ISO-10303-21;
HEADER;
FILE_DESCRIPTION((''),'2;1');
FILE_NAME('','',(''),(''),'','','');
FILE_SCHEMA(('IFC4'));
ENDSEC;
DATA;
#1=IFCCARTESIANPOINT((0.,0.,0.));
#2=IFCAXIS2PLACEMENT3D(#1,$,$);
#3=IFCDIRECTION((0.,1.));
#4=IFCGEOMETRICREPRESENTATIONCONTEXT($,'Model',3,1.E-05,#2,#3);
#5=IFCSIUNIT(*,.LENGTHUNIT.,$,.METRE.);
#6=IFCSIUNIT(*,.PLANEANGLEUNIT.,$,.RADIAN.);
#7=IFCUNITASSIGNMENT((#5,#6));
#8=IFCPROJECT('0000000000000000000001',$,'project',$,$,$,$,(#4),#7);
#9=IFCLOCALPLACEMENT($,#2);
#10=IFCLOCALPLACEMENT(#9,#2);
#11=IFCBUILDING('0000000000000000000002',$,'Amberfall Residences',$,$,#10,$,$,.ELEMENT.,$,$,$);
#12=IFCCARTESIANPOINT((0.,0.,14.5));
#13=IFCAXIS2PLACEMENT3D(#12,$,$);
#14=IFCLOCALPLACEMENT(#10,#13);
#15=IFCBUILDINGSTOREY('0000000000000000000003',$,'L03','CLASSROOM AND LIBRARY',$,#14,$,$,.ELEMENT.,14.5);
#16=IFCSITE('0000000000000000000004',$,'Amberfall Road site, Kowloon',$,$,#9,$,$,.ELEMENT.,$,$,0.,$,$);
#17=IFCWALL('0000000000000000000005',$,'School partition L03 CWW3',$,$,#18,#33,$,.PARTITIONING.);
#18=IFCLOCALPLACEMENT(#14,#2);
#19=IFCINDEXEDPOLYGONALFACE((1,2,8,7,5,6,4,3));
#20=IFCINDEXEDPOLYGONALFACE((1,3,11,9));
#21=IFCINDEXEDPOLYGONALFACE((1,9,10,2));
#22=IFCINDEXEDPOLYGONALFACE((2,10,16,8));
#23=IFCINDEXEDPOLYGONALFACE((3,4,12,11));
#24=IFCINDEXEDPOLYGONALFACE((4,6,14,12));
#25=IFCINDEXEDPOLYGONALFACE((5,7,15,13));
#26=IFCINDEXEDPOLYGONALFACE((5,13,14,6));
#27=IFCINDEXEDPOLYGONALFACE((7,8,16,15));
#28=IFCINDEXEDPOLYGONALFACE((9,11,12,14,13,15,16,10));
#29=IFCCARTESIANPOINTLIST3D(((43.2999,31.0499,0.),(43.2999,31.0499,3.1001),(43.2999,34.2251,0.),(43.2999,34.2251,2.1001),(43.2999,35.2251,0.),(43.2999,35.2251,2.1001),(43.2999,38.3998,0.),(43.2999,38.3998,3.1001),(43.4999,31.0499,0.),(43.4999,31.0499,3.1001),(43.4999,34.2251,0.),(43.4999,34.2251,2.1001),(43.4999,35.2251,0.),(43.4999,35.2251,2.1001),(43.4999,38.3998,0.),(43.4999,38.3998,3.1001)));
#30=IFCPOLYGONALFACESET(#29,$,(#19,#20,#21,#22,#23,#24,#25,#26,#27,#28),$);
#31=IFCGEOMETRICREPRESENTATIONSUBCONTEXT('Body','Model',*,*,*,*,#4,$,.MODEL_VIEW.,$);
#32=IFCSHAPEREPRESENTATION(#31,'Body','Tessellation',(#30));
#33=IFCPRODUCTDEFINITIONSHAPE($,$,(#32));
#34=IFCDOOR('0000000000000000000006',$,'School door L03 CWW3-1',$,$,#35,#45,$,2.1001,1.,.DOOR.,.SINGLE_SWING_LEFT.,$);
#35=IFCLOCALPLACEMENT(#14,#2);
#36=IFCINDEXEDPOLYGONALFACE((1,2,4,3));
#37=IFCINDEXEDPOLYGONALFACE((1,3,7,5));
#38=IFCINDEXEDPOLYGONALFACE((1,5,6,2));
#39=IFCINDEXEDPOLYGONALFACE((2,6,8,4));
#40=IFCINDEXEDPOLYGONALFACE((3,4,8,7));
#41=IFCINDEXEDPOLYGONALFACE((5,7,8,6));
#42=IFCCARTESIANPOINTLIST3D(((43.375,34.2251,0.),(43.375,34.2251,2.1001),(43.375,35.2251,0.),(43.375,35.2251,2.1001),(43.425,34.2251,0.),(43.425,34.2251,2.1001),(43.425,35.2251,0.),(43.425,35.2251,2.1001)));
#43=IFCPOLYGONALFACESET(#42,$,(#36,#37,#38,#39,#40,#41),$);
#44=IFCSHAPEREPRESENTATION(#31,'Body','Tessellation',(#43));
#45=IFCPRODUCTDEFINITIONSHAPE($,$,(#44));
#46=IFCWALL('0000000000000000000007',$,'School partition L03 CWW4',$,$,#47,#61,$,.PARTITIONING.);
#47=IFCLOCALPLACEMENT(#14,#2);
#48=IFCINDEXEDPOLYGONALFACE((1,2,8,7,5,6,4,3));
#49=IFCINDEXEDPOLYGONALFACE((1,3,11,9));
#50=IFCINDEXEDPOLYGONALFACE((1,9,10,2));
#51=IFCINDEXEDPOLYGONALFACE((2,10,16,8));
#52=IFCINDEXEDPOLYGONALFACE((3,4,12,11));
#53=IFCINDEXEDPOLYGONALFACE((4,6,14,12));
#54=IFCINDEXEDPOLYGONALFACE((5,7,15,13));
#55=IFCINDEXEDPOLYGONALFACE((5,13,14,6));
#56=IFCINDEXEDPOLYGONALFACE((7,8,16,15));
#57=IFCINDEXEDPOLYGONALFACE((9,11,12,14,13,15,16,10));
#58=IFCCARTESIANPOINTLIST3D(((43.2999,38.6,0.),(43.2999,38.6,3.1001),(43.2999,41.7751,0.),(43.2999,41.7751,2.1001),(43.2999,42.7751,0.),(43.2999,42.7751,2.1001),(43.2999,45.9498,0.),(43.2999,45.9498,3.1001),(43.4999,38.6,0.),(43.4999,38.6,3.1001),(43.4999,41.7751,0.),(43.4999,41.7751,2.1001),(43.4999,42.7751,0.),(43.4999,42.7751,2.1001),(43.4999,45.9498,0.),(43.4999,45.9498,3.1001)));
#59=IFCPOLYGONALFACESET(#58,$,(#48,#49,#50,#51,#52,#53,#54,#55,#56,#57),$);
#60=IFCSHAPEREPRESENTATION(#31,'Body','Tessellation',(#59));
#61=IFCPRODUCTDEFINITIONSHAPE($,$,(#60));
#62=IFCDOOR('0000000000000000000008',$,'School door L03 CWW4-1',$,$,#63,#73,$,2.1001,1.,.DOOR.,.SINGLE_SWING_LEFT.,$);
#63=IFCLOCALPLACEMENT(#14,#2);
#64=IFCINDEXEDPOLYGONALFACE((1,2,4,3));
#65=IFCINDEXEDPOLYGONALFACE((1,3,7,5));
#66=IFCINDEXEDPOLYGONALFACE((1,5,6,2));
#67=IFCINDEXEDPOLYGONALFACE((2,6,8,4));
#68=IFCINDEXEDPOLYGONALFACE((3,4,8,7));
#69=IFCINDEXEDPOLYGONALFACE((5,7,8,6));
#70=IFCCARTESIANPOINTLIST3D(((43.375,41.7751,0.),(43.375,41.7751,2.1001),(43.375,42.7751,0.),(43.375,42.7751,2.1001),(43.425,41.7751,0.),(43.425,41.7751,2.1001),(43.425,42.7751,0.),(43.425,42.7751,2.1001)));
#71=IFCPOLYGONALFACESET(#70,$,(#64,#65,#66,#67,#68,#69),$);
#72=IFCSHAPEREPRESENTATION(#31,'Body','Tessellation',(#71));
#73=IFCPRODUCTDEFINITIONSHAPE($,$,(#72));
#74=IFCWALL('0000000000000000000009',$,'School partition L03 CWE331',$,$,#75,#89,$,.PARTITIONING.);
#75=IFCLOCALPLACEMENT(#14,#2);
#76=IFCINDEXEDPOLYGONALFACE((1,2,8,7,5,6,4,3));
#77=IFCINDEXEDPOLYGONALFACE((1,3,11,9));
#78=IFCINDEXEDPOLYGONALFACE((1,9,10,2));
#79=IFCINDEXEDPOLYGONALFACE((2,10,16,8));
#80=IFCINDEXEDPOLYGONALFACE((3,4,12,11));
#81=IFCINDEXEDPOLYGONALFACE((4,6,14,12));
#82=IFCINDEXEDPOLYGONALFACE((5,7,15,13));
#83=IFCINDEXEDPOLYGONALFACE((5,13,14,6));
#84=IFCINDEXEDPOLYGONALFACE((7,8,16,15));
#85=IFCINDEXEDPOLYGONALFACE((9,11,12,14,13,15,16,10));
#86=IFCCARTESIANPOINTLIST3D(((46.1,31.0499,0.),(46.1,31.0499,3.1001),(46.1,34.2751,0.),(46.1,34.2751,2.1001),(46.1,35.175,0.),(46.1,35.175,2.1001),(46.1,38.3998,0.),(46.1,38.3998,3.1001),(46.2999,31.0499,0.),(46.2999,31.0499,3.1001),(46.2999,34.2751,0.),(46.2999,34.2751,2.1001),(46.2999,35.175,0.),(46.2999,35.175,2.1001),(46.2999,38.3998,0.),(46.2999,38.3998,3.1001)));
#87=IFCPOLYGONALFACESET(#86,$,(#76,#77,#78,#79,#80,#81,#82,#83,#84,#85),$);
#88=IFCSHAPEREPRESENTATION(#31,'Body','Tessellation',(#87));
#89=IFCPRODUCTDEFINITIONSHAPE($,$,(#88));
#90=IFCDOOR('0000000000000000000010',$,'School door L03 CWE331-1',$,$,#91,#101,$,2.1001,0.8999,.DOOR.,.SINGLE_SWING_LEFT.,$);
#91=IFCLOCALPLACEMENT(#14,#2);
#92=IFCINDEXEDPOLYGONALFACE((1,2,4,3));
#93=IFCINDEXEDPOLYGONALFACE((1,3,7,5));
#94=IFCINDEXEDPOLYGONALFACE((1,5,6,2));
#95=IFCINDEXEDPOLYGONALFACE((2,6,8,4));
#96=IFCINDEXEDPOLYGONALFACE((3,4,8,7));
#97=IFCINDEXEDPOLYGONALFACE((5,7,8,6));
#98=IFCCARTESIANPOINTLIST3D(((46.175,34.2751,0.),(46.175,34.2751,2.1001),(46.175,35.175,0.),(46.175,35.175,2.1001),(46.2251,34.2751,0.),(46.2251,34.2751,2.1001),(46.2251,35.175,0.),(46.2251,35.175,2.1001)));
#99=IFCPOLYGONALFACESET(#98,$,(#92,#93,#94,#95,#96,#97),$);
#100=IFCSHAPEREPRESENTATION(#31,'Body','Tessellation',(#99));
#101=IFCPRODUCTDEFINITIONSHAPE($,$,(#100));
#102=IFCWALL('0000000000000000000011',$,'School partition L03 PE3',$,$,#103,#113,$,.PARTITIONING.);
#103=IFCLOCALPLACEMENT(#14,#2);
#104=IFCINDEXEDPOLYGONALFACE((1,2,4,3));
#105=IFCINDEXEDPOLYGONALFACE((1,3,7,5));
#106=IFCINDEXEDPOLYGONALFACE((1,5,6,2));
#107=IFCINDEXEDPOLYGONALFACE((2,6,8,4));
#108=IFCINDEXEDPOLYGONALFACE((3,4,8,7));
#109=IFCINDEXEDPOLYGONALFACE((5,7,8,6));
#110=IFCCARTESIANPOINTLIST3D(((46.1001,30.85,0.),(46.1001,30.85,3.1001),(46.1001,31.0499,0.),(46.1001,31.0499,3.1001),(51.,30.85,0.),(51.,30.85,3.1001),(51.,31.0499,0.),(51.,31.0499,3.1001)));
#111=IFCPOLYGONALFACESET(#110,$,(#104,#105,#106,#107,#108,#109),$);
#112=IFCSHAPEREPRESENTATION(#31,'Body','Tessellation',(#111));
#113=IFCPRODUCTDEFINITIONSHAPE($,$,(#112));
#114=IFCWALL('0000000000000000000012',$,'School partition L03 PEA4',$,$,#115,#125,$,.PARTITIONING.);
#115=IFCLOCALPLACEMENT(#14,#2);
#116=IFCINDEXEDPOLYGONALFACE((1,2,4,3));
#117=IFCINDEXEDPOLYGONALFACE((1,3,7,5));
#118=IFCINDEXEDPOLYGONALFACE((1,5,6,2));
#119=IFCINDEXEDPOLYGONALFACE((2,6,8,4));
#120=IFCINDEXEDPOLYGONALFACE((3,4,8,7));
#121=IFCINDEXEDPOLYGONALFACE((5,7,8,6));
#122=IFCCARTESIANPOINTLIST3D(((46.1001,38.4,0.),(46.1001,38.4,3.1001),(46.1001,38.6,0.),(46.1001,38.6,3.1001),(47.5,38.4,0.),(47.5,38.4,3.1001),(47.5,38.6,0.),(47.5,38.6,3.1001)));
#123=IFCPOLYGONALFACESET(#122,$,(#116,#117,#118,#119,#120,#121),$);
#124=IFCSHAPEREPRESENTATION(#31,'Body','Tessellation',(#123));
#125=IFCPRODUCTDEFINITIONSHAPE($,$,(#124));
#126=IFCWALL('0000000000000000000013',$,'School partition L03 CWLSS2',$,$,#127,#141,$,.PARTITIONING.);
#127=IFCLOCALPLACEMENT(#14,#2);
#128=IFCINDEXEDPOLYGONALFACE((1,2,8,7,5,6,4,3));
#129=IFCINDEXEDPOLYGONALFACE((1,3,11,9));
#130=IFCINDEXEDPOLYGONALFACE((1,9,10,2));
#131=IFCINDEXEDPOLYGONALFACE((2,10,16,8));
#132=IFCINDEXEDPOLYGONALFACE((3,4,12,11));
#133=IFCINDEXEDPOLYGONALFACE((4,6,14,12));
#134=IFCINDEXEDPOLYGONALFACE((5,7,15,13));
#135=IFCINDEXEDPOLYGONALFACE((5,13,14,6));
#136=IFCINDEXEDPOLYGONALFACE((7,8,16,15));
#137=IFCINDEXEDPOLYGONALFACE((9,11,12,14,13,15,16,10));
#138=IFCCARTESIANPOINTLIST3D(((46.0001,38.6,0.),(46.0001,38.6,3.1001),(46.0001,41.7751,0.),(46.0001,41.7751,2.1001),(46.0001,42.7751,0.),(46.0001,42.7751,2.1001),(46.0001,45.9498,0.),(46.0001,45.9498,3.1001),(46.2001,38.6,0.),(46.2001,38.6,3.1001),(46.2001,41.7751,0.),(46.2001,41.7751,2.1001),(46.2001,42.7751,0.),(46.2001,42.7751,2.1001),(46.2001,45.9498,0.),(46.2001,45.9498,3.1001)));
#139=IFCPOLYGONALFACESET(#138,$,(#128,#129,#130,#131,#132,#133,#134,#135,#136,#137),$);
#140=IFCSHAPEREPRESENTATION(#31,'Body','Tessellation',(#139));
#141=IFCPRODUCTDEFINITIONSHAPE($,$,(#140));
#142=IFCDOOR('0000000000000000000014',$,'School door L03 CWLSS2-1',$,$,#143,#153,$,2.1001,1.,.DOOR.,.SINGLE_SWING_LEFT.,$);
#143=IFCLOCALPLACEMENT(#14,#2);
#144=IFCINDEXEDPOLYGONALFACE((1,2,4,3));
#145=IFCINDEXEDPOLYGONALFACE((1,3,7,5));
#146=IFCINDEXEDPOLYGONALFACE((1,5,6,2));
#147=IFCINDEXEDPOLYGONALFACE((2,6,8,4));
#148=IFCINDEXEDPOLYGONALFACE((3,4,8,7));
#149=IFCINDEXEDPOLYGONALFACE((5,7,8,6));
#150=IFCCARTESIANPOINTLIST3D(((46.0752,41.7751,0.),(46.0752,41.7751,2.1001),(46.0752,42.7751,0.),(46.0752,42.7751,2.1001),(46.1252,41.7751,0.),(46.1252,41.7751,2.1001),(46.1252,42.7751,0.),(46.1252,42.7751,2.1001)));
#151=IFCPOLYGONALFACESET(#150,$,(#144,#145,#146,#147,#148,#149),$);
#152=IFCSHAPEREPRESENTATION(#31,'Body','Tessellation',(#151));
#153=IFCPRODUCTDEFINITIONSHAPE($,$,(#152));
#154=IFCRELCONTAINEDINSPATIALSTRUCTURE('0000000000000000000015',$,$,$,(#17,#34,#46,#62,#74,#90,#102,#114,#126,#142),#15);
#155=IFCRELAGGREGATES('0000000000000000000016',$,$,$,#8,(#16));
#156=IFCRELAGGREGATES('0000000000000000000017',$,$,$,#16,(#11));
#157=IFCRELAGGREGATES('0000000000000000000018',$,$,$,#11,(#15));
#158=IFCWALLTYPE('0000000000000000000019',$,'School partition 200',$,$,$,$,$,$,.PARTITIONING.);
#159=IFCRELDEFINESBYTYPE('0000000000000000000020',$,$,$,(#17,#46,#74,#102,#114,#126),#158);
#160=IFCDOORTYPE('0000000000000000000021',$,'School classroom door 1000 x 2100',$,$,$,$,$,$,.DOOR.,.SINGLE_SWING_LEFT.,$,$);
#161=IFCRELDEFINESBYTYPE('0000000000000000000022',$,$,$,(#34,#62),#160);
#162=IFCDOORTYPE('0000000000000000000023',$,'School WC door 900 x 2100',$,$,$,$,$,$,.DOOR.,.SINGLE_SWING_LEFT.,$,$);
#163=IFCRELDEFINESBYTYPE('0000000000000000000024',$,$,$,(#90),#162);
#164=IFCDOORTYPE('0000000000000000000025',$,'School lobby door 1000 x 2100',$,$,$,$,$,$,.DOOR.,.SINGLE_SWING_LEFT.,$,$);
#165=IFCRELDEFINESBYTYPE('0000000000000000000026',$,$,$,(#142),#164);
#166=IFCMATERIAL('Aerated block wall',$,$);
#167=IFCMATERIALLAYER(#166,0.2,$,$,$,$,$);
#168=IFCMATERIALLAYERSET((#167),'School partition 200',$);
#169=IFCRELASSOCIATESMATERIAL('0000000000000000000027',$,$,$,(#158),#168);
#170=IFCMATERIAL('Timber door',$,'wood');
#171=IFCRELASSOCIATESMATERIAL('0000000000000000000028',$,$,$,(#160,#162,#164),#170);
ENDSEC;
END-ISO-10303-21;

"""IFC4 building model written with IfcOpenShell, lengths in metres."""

from ifc_helpers import new_model, si_unit, direction, frame, frame_2d, origin, place, context, subcontext, project, spatial, rectangle, extrude, material, layer, layer_set, type_object, element, fill, save


model = new_model("IFC4")

# Units and contexts
model_context = context("Model", 3, precision=1e-05, world=origin(), true_north=direction((0.0, 1.0)))
body_context = subcontext(model_context, "Body", "Model", "MODEL_VIEW")
ifc_project = project(units=[si_unit("LENGTHUNIT", "METRE"), si_unit("PLANEANGLEUNIT", "RADIAN")], contexts=[model_context])

# Site, building, storey
site_placement = place(None, origin())
site = spatial("IfcSite", under=ifc_project, at=site_placement, Name="Amberfall Road site, Kowloon", CompositionType="ELEMENT", RefElevation=0.0)
building_placement = place(site_placement, origin())
building = spatial("IfcBuilding", under=site, at=building_placement, Name="Amberfall Residences", CompositionType="ELEMENT")
storey_placement = place(building_placement, frame((0.0, 0.0, 14.5)))
storey = spatial("IfcBuildingStorey", under=building, at=storey_placement, Name="L03", Description="CLASSROOM AND LIBRARY", CompositionType="ELEMENT", Elevation=14.5)

# Walls, openings, doors
ifc_material_1 = material(Name="Aerated block wall")
ifc_layer_1 = layer(ifc_material_1, 0.2)
ifc_layer_set_1 = layer_set([ifc_layer_1], Name="School partition 200")
wall_type_1 = type_object("IfcWallType", Name="School partition 200", PredefinedType="PARTITIONING", material=ifc_layer_set_1)
wall_1_placement = place(storey_placement, frame((43.3999, 31.05, 0.0), z_axis=(0.0, 0.0, 1.0), x_axis=(0.0, 1.0, 0.0)))
wall_1 = element("IfcWall", 1, at=wall_1_placement, inside=storey, type_object=wall_type_1, Name="School partition L03 CWW3", PredefinedType="PARTITIONING", context=body_context, shape_type="SweptSolid", body=[
    extrude(rectangle(XDim=7.3499, YDim=0.2, at=frame_2d((3.6748, 0.0))), origin(), (0.0, 0.0, 1.0), 3.1001),
])
opening_1_placement = place(wall_1_placement, frame((3.175, 0.0, 0.0)))
opening_1 = element("IfcOpeningElement", 2, at=opening_1_placement, cuts=wall_1, PredefinedType="OPENING", context=body_context, shape_type="SweptSolid", body=[
    extrude(rectangle(XDim=1.0, YDim=2.1001, at=frame_2d((0.5, 1.05))), frame((0.0, 0.1099, 0.0), z_axis=(0.0, -1.0, 0.0), x_axis=(1.0, 0.0, 0.0)), (0.0, 0.0, 1.0), 0.22),
])
ifc_material_2 = material(Name="Timber door", Category="wood")
door_type_1 = type_object("IfcDoorType", Name="School classroom door 1000 x 2100", OperationType="SINGLE_SWING_LEFT", PredefinedType="DOOR", material=ifc_material_2)
door_1_placement = place(opening_1_placement, origin())
door_1 = element("IfcDoor", 3, at=door_1_placement, inside=storey, type_object=door_type_1, Name="School door L03 CWW3-1", OperationType="SINGLE_SWING_LEFT", OverallHeight=2.1001, OverallWidth=1.0, PredefinedType="DOOR", context=body_context, shape_type="SweptSolid", body=[
    extrude(rectangle(XDim=1.0, YDim=2.1001, at=frame_2d((0.5, 1.05))), frame((0.0, 0.0249, 0.0), z_axis=(0.0, -1.0, 0.0), x_axis=(1.0, 0.0, 0.0)), (0.0, 0.0, 1.0), 0.05),
])
fill(opening_1, door_1)
wall_2_placement = place(storey_placement, frame((43.3999, 38.6001, 0.0), z_axis=(0.0, 0.0, 1.0), x_axis=(0.0, 1.0, 0.0)))
wall_2 = element("IfcWall", 4, at=wall_2_placement, inside=storey, type_object=wall_type_1, Name="School partition L03 CWW4", PredefinedType="PARTITIONING", context=body_context, shape_type="SweptSolid", body=[
    extrude(rectangle(XDim=7.3499, YDim=0.2, at=frame_2d((3.6748, 0.0))), origin(), (0.0, 0.0, 1.0), 3.1001),
])
opening_2_placement = place(wall_2_placement, frame((3.175, 0.0, 0.0)))
opening_2 = element("IfcOpeningElement", 5, at=opening_2_placement, cuts=wall_2, PredefinedType="OPENING", context=body_context, shape_type="SweptSolid", body=[
    extrude(rectangle(XDim=1.0, YDim=2.1001, at=frame_2d((0.5, 1.05))), frame((0.0, 0.1099, 0.0), z_axis=(0.0, -1.0, 0.0), x_axis=(1.0, 0.0, 0.0)), (0.0, 0.0, 1.0), 0.22),
])
door_2_placement = place(opening_2_placement, origin())
door_2 = element("IfcDoor", 6, at=door_2_placement, inside=storey, type_object=door_type_1, Name="School door L03 CWW4-1", OperationType="SINGLE_SWING_LEFT", OverallHeight=2.1001, OverallWidth=1.0, PredefinedType="DOOR", context=body_context, shape_type="SweptSolid", body=[
    extrude(rectangle(XDim=1.0, YDim=2.1001, at=frame_2d((0.5, 1.05))), frame((0.0, 0.0249, 0.0), z_axis=(0.0, -1.0, 0.0), x_axis=(1.0, 0.0, 0.0)), (0.0, 0.0, 1.0), 0.05),
])
fill(opening_2, door_2)
wall_3_placement = place(storey_placement, frame((46.2, 31.05, 0.0), z_axis=(0.0, 0.0, 1.0), x_axis=(0.0, 1.0, 0.0)))
wall_3 = element("IfcWall", 7, at=wall_3_placement, inside=storey, type_object=wall_type_1, Name="School partition L03 CWE331", PredefinedType="PARTITIONING", context=body_context, shape_type="SweptSolid", body=[
    extrude(rectangle(XDim=7.3499, YDim=0.2, at=frame_2d((3.6748, 0.0))), origin(), (0.0, 0.0, 1.0), 3.1001),
])
opening_3_placement = place(wall_3_placement, frame((3.2251, 0.0, 0.0)))
opening_3 = element("IfcOpeningElement", 8, at=opening_3_placement, cuts=wall_3, PredefinedType="OPENING", context=body_context, shape_type="SweptSolid", body=[
    extrude(rectangle(XDim=0.8999, YDim=2.1001, at=frame_2d((0.45, 1.05))), frame((0.0, 0.1099, 0.0), z_axis=(0.0, -1.0, 0.0), x_axis=(1.0, 0.0, 0.0)), (0.0, 0.0, 1.0), 0.22),
])
door_type_2 = type_object("IfcDoorType", Name="School WC door 900 x 2100", OperationType="SINGLE_SWING_LEFT", PredefinedType="DOOR", material=ifc_material_2)
door_3_placement = place(opening_3_placement, origin())
door_3 = element("IfcDoor", 9, at=door_3_placement, inside=storey, type_object=door_type_2, Name="School door L03 CWE331-1", OperationType="SINGLE_SWING_LEFT", OverallHeight=2.1001, OverallWidth=0.8999, PredefinedType="DOOR", context=body_context, shape_type="SweptSolid", body=[
    extrude(rectangle(XDim=0.8999, YDim=2.1001, at=frame_2d((0.45, 1.05))), frame((0.0, 0.0249, 0.0), z_axis=(0.0, -1.0, 0.0), x_axis=(1.0, 0.0, 0.0)), (0.0, 0.0, 1.0), 0.05),
])
fill(opening_3, door_3)

# Walls
wall_4_placement = place(storey_placement, frame((46.1001, 30.95, 0.0), z_axis=(0.0, 0.0, 1.0), x_axis=(1.0, 0.0, 0.0)))
element("IfcWall", 10, at=wall_4_placement, inside=storey, type_object=wall_type_1, Name="School partition L03 PE3", PredefinedType="PARTITIONING", context=body_context, shape_type="SweptSolid", body=[
    extrude(rectangle(XDim=4.8999, YDim=0.2, at=frame_2d((2.45, 0.0))), origin(), (0.0, 0.0, 1.0), 3.1001),
])
wall_5_placement = place(storey_placement, frame((46.1001, 38.5, 0.0), z_axis=(0.0, 0.0, 1.0), x_axis=(1.0, 0.0, 0.0)))
element("IfcWall", 11, at=wall_5_placement, inside=storey, type_object=wall_type_1, Name="School partition L03 PEA4", PredefinedType="PARTITIONING", context=body_context, shape_type="SweptSolid", body=[
    extrude(rectangle(XDim=1.3999, YDim=0.2, at=frame_2d((0.7, 0.0))), origin(), (0.0, 0.0, 1.0), 3.1001),
])

# Wall, opening, door
wall_6_placement = place(storey_placement, frame((46.1001, 38.6001, 0.0), z_axis=(0.0, 0.0, 1.0), x_axis=(0.0, 1.0, 0.0)))
wall_6 = element("IfcWall", 12, at=wall_6_placement, inside=storey, type_object=wall_type_1, Name="School partition L03 CWLSS2", PredefinedType="PARTITIONING", context=body_context, shape_type="SweptSolid", body=[
    extrude(rectangle(XDim=7.3499, YDim=0.2, at=frame_2d((3.6748, 0.0))), origin(), (0.0, 0.0, 1.0), 3.1001),
])
opening_4_placement = place(wall_6_placement, frame((3.175, 0.0, 0.0)))
opening_4 = element("IfcOpeningElement", 13, at=opening_4_placement, cuts=wall_6, PredefinedType="OPENING", context=body_context, shape_type="SweptSolid", body=[
    extrude(rectangle(XDim=1.0, YDim=2.1001, at=frame_2d((0.5, 1.05))), frame((0.0, 0.1099, 0.0), z_axis=(0.0, -1.0, 0.0), x_axis=(1.0, 0.0, 0.0)), (0.0, 0.0, 1.0), 0.22),
])
door_type_3 = type_object("IfcDoorType", Name="School lobby door 1000 x 2100", OperationType="SINGLE_SWING_LEFT", PredefinedType="DOOR", material=ifc_material_2)
door_4_placement = place(opening_4_placement, origin())
door_4 = element("IfcDoor", 14, at=door_4_placement, inside=storey, type_object=door_type_3, Name="School door L03 CWLSS2-1", OperationType="SINGLE_SWING_LEFT", OverallHeight=2.1001, OverallWidth=1.0, PredefinedType="DOOR", context=body_context, shape_type="SweptSolid", body=[
    extrude(rectangle(XDim=1.0, YDim=2.1001, at=frame_2d((0.5, 1.05))), frame((0.0, 0.0249, 0.0), z_axis=(0.0, -1.0, 0.0), x_axis=(1.0, 0.0, 0.0)), (0.0, 0.0, 1.0), 0.05),
])
fill(opening_4, door_4)

save(model, "model.ifc")
